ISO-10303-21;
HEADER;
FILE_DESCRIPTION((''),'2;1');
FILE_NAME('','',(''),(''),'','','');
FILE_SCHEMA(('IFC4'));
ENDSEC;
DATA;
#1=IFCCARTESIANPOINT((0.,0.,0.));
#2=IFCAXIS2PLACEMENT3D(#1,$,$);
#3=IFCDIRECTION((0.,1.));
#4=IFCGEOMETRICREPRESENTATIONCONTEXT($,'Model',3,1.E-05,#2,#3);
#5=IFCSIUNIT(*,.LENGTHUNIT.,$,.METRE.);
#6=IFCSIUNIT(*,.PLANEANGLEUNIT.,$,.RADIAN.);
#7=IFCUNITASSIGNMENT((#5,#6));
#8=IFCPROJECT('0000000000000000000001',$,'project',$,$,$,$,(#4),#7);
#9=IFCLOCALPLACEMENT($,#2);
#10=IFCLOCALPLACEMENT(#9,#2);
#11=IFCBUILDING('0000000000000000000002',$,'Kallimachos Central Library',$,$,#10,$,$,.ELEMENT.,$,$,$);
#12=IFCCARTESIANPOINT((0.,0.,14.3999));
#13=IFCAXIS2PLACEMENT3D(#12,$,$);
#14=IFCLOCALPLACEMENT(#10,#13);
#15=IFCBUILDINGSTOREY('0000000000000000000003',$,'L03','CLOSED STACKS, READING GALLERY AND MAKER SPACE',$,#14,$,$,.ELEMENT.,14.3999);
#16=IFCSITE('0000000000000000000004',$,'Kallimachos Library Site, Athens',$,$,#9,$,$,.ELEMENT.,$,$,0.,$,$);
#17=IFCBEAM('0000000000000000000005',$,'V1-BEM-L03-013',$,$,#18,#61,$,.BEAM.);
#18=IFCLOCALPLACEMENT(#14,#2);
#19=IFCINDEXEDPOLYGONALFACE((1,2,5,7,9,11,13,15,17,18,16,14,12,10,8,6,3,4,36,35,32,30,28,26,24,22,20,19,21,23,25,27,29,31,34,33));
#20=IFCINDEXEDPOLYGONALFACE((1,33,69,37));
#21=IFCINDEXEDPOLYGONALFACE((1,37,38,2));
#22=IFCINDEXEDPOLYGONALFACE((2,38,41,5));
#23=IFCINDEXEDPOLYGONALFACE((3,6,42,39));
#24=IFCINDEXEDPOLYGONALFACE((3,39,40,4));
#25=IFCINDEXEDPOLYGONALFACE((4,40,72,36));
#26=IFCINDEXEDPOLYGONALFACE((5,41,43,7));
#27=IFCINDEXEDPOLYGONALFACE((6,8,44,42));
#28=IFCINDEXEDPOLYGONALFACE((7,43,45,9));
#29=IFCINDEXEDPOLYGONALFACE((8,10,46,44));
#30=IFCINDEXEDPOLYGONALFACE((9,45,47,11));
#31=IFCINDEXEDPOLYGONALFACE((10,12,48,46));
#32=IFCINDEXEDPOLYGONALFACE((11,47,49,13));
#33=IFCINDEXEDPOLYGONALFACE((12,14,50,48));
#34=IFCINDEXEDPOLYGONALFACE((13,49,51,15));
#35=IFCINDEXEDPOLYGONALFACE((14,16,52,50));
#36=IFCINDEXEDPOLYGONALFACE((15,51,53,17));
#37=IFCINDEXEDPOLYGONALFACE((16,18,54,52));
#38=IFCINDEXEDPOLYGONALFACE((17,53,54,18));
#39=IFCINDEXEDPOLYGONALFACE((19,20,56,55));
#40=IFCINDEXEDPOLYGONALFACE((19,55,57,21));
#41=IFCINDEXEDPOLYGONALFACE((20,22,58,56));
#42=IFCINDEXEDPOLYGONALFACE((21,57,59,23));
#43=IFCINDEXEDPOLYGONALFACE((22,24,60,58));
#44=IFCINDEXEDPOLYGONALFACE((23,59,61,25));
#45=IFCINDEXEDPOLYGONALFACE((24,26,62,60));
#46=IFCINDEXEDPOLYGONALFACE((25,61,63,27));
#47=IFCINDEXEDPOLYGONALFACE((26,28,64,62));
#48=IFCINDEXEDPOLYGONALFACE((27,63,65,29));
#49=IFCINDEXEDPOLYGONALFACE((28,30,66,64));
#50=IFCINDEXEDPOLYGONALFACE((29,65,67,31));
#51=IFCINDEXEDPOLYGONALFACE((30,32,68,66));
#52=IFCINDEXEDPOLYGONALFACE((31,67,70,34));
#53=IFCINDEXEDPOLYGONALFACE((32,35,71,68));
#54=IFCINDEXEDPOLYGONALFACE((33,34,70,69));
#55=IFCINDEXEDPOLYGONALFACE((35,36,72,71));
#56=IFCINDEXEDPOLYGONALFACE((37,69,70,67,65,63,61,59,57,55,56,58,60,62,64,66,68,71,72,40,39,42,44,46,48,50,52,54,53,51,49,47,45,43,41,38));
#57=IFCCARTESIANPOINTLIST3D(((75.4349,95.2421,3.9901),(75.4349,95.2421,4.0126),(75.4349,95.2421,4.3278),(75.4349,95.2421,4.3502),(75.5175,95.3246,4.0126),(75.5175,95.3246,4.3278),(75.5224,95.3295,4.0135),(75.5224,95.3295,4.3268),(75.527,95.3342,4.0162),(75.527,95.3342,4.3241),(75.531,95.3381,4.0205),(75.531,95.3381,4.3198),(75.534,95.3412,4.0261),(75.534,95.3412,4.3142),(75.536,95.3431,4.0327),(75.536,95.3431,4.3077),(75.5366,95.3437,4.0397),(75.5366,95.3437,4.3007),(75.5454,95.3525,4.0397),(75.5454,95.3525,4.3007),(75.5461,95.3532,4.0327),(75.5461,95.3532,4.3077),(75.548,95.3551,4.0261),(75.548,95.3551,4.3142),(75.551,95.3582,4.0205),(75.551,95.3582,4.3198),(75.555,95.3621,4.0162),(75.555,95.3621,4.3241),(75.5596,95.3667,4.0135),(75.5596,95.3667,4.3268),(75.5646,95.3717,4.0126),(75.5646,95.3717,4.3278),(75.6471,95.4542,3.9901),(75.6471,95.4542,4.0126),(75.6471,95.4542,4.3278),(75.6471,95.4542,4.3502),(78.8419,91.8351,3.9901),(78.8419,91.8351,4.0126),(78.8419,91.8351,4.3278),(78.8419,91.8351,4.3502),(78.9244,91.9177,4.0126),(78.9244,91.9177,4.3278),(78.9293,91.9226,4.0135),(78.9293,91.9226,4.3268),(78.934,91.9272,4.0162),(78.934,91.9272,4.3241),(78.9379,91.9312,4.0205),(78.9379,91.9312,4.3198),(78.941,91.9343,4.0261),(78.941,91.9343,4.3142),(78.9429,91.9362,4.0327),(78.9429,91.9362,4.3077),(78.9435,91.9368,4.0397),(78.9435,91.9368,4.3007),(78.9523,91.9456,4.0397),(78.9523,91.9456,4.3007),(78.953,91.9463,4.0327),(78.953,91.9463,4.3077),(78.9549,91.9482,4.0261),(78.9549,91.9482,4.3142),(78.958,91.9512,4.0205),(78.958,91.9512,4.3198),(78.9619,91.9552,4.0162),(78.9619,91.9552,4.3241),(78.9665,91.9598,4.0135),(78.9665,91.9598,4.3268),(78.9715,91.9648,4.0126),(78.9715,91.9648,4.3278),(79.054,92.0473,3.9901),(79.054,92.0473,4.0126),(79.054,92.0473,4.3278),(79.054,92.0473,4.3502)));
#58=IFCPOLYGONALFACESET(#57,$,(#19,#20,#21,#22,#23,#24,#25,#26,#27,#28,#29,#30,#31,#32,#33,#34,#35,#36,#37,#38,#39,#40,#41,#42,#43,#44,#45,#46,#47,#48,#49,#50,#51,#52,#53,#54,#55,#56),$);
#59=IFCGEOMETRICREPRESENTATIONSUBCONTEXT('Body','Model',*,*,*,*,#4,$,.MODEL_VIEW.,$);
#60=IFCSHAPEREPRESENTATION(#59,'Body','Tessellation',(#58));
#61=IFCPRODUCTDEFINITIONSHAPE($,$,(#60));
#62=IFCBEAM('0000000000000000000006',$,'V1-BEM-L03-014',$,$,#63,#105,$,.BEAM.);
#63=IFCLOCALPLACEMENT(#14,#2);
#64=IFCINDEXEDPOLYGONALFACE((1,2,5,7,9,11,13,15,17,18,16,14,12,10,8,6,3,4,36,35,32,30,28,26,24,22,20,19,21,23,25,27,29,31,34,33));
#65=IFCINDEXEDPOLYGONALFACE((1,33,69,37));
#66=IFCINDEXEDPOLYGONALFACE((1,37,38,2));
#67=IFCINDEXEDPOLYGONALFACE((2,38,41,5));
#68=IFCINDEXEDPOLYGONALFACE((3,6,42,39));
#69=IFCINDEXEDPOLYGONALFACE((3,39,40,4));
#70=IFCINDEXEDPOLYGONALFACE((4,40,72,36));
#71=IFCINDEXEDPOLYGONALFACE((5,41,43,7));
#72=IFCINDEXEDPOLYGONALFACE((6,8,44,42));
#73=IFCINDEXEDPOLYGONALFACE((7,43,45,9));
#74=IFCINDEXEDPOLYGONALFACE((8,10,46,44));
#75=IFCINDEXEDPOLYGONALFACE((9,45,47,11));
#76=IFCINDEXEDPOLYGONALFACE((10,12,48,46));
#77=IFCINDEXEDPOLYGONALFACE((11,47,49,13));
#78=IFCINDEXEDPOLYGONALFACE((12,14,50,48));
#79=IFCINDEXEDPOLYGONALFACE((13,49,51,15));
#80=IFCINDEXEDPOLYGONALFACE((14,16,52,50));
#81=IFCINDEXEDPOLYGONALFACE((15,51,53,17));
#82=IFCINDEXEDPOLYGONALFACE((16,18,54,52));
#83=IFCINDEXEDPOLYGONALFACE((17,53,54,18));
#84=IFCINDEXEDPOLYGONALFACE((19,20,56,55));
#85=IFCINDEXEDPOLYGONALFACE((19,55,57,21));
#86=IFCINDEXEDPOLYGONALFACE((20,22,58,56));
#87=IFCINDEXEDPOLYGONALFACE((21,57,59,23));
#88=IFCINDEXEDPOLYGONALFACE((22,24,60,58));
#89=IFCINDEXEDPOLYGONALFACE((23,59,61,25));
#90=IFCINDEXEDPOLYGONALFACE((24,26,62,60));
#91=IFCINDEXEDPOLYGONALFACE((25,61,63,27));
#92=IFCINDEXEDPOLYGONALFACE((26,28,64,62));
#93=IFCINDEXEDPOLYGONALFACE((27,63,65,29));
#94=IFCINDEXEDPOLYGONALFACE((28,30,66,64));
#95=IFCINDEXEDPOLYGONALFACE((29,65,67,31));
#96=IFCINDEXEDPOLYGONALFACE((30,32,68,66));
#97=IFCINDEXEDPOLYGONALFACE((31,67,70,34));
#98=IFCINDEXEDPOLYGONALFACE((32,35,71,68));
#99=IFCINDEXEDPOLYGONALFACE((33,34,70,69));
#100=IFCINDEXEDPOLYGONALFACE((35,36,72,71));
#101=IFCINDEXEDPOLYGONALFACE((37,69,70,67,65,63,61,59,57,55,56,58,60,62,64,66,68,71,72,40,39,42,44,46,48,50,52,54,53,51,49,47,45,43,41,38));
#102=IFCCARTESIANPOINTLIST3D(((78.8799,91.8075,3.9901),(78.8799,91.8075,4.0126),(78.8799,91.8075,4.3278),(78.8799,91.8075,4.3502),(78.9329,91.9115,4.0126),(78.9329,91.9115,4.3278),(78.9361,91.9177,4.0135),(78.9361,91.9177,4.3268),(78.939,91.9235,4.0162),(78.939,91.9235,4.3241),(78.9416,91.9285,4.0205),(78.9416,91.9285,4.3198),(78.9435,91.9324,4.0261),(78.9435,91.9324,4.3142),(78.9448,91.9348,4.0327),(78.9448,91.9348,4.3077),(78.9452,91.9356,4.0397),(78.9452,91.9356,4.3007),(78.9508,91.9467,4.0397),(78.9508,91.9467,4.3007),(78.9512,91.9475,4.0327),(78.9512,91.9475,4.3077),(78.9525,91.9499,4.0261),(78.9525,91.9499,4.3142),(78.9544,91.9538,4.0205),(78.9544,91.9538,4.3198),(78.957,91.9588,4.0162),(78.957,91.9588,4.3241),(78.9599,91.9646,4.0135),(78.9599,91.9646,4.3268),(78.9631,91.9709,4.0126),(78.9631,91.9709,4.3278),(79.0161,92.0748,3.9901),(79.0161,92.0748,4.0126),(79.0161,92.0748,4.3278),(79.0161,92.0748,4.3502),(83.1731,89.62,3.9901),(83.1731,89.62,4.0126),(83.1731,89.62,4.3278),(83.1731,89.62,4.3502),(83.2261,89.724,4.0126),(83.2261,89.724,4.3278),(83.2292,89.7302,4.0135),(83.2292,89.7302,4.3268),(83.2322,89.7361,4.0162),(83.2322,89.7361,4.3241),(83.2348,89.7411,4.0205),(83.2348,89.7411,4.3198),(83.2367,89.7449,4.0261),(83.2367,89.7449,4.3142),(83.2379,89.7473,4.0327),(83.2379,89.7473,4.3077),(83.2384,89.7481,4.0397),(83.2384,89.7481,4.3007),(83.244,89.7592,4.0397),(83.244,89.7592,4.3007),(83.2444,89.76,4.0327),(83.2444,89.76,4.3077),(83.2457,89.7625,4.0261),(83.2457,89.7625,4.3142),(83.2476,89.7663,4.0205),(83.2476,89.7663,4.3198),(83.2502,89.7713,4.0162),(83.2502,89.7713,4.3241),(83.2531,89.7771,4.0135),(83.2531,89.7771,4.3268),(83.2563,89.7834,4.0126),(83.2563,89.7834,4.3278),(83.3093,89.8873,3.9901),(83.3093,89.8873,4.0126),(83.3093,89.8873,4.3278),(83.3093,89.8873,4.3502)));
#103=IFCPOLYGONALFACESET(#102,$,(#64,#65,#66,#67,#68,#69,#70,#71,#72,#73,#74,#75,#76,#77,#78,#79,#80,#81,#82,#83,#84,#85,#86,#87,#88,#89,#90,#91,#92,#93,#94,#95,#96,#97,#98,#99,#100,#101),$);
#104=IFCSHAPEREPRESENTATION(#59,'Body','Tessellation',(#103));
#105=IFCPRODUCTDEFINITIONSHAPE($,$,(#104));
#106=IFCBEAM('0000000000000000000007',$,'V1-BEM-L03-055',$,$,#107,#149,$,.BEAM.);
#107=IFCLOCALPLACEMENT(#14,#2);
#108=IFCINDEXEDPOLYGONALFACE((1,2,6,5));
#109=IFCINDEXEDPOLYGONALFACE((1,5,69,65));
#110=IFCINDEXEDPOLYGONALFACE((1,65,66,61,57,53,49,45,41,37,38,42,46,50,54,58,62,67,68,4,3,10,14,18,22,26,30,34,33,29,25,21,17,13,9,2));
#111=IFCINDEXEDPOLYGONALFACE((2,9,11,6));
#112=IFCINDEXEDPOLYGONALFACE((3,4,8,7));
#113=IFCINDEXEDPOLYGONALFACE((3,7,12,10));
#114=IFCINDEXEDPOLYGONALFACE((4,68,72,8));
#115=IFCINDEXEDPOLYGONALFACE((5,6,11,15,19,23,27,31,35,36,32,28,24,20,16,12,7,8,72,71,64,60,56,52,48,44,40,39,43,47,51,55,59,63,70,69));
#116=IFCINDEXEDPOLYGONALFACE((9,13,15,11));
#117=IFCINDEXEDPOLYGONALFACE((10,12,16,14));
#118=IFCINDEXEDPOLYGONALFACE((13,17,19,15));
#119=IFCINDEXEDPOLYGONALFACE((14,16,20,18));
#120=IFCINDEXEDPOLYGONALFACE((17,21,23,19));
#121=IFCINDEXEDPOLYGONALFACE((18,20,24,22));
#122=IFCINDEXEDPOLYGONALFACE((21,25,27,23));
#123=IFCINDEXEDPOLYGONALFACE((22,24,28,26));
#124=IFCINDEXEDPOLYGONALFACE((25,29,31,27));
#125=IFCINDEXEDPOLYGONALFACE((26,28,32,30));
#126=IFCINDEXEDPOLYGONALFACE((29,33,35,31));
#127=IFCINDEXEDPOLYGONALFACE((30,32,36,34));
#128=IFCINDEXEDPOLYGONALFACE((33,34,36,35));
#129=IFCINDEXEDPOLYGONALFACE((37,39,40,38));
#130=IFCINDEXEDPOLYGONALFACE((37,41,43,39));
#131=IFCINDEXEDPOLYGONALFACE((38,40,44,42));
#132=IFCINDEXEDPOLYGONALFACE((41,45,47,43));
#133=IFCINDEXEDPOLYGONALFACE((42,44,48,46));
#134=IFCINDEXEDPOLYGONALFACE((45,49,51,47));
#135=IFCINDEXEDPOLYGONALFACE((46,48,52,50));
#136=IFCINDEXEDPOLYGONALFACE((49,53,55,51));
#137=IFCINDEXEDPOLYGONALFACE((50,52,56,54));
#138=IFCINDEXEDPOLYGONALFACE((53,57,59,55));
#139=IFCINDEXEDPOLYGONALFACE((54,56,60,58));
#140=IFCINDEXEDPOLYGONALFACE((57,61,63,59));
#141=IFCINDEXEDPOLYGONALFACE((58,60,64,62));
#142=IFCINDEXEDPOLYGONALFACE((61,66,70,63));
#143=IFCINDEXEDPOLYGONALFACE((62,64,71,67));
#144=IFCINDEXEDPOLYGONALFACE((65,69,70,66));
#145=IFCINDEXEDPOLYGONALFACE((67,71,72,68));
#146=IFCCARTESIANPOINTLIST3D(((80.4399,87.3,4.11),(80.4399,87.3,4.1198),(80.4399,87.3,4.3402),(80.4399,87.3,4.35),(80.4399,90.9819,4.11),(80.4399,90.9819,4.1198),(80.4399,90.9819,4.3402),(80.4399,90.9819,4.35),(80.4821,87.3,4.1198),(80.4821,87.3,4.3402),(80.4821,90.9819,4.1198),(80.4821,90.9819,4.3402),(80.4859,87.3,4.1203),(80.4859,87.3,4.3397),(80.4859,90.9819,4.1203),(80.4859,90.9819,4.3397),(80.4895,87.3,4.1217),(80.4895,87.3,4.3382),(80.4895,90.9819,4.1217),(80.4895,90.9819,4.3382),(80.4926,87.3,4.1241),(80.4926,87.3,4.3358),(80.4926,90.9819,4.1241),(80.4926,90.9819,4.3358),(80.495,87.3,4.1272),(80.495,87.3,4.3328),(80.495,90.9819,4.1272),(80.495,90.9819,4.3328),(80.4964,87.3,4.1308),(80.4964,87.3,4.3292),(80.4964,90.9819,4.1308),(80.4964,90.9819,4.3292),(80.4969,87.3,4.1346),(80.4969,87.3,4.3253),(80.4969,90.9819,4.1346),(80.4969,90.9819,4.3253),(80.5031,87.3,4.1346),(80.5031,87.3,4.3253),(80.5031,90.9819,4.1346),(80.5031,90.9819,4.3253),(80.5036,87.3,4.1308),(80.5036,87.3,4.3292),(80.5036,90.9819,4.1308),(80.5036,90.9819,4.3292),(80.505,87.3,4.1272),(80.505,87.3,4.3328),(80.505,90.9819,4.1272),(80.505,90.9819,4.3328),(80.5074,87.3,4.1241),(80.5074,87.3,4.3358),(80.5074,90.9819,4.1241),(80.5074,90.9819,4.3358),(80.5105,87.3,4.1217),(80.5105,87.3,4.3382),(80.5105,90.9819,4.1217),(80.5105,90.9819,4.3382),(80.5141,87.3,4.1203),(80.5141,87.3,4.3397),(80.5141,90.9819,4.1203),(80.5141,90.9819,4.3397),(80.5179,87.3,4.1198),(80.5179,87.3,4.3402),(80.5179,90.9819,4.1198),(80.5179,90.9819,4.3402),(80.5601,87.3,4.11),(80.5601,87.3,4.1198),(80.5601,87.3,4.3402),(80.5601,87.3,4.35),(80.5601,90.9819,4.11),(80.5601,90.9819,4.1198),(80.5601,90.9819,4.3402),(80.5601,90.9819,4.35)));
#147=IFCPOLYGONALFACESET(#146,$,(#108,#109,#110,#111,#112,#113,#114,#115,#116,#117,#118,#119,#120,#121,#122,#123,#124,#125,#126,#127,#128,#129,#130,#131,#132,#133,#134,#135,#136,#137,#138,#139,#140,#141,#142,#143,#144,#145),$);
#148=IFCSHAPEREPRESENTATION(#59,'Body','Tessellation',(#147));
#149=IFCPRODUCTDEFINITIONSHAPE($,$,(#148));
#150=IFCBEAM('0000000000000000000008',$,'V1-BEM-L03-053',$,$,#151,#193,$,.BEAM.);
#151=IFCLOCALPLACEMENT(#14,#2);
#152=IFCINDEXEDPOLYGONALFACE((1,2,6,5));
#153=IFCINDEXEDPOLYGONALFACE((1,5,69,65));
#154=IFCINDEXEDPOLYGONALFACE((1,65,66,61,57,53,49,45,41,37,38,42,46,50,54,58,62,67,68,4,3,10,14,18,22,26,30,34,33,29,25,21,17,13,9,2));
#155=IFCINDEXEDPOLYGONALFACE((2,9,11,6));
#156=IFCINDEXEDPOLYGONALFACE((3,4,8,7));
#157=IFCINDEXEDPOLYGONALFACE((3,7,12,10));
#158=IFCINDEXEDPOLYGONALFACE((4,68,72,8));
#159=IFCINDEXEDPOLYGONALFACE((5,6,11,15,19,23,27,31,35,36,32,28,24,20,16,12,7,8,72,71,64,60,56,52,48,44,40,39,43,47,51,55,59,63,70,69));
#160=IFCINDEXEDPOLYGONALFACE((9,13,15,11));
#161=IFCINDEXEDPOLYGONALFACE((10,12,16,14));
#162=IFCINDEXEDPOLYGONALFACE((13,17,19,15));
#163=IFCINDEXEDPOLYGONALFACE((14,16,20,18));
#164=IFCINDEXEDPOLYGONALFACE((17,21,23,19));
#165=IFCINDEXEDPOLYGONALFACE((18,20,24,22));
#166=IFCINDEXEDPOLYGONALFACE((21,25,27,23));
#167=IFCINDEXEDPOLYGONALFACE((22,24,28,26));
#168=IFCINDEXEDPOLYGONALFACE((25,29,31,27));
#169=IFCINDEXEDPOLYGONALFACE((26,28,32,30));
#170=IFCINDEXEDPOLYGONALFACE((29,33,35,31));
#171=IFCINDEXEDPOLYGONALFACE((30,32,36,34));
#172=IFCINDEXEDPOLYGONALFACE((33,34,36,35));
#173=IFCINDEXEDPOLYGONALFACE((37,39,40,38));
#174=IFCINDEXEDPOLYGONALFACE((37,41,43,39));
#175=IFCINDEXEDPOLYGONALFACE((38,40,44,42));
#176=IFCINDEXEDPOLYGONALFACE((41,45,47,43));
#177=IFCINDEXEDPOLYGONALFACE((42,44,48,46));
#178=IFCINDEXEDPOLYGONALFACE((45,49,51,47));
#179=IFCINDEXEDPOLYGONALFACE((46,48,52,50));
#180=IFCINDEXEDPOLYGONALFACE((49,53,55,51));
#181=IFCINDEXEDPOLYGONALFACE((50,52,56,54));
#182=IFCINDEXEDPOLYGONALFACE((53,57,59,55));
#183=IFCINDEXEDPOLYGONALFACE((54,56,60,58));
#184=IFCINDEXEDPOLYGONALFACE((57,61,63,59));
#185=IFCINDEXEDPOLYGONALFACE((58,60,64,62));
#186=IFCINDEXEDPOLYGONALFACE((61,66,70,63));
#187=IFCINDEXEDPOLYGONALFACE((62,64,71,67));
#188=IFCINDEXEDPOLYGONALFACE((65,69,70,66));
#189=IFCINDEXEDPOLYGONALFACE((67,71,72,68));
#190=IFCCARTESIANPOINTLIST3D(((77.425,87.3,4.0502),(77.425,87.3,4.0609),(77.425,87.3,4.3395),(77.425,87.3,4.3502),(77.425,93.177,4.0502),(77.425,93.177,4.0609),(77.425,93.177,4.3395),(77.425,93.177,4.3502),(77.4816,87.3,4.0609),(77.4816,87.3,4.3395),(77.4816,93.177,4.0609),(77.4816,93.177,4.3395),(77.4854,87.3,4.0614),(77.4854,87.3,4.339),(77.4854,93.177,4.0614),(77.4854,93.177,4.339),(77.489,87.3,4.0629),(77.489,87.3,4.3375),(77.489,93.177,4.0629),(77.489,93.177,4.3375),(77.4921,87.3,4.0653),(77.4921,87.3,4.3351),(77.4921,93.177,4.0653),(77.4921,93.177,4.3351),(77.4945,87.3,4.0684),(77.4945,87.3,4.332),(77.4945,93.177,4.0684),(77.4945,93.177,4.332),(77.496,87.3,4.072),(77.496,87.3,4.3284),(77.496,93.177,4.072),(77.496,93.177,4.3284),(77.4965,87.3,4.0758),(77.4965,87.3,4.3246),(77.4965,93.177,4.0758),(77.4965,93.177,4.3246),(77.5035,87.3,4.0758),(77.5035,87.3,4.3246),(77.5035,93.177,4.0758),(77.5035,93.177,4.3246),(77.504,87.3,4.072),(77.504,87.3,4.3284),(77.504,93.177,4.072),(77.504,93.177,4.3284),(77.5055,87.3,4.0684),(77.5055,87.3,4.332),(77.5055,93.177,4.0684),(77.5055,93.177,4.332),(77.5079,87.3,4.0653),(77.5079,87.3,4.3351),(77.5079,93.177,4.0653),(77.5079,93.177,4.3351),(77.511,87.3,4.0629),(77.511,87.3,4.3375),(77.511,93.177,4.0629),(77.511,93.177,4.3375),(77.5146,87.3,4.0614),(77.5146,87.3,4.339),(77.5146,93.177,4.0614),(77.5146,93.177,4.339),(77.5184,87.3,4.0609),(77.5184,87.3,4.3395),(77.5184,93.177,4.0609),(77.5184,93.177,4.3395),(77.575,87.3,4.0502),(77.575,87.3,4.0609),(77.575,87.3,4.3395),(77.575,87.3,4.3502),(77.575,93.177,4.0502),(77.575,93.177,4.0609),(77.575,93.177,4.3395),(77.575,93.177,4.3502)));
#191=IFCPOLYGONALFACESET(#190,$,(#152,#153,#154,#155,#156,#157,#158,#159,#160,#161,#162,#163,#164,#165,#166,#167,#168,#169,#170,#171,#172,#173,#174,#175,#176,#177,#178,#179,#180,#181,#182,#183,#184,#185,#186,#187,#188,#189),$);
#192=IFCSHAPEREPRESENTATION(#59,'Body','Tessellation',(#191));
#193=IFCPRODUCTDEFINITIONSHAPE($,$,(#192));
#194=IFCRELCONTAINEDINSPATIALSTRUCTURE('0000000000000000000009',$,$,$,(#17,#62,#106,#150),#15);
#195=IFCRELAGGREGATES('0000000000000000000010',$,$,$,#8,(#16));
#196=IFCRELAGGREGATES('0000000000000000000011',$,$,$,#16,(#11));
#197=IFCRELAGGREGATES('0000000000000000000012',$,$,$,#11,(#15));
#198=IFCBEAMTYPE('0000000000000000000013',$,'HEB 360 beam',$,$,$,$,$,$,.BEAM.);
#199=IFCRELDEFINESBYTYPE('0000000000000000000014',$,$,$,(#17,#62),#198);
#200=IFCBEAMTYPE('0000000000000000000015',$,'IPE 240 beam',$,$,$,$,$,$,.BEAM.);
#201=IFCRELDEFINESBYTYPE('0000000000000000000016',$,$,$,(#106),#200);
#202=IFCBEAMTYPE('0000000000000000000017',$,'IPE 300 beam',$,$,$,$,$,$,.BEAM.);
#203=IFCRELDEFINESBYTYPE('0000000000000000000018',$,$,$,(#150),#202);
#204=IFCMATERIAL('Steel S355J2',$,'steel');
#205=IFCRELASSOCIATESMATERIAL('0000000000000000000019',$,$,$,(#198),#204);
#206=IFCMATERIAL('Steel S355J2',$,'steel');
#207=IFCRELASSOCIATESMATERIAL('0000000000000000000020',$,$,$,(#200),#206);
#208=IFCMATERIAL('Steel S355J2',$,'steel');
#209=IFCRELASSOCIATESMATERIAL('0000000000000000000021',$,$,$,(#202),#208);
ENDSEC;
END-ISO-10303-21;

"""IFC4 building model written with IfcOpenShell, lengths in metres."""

from ifc_helpers import new_model, si_unit, direction, frame, origin, origin_2d, place, context, subcontext, project, spatial, i_section, extrude, material, material_profile, profile_set, type_object, element, save


model = new_model("IFC4")

# Units and contexts
model_context = context("Model", 3, precision=1e-05, world=origin(), true_north=direction((0.0, 1.0)))
body_context = subcontext(model_context, "Body", "Model", "MODEL_VIEW")
ifc_project = project(units=[si_unit("LENGTHUNIT", "METRE"), si_unit("PLANEANGLEUNIT", "RADIAN")], contexts=[model_context])

# Site, building, storey
site_placement = place(None, origin())
site = spatial("IfcSite", under=ifc_project, at=site_placement, Name="Kallimachos Library Site, Athens", CompositionType="ELEMENT", RefElevation=0.0)
building_placement = place(site_placement, origin())
building = spatial("IfcBuilding", under=site, at=building_placement, Name="Kallimachos Central Library", CompositionType="ELEMENT")
storey_placement = place(building_placement, frame((0.0, 0.0, 14.3999)))
storey = spatial("IfcBuildingStorey", under=building, at=storey_placement, Name="L03", Description="CLOSED STACKS, READING GALLERY AND MAKER SPACE", CompositionType="ELEMENT", Elevation=14.3999)

# Beams
ifc_material_1 = material(Name="Steel S355J2", Category="steel")
ifc_material_profile_1 = material_profile(ifc_material_1, i_section(OverallWidth=0.3, OverallDepth=0.3601, WebThickness=0.0125, FlangeThickness=0.0225, FilletRadius=0.0271, at=origin_2d()), Name="HEB 360")
ifc_profile_set_1 = profile_set([ifc_material_profile_1], Name="Steel S355J2")
beam_type_1 = type_object("IfcBeamType", Name="HEB 360 beam", PredefinedType="BEAM", material=ifc_profile_set_1)
beam_1_placement = place(storey_placement, frame((75.541, 95.3481, 4.1702), z_axis=(0.707107, -0.707107, 0.0), x_axis=(0.707107, 0.707107, 0.0)))
element("IfcBeam", 1, at=beam_1_placement, inside=storey, type_object=beam_type_1, Name="V1-BEM-L03-013", PredefinedType="BEAM", context=body_context, shape_type="SweptSolid", body=[
    extrude(i_section(OverallWidth=0.3, OverallDepth=0.3601, WebThickness=0.0125, FlangeThickness=0.0225, FilletRadius=0.0271, at=origin_2d()), origin(), (0.0, 0.0, 1.0), 4.8181),
])
beam_2_placement = place(storey_placement, frame((78.948, 91.9412, 4.1702), z_axis=(0.891007, -0.45399, 0.0), x_axis=(0.45399, 0.891007, 0.0)))
element("IfcBeam", 2, at=beam_2_placement, inside=storey, type_object=beam_type_1, Name="V1-BEM-L03-014", PredefinedType="BEAM", context=body_context, shape_type="SweptSolid", body=[
    extrude(i_section(OverallWidth=0.3, OverallDepth=0.3601, WebThickness=0.0125, FlangeThickness=0.0225, FilletRadius=0.0271, at=origin_2d()), origin(), (0.0, 0.0, 1.0), 4.8184),
])
ifc_material_2 = material(Name="Steel S355J2", Category="steel")
ifc_material_profile_2 = material_profile(ifc_material_2, i_section(OverallWidth=0.1201, OverallDepth=0.24, WebThickness=0.0061, FlangeThickness=0.0098, FilletRadius=0.0149, at=origin_2d()), Name="IPE 240")
ifc_profile_set_2 = profile_set([ifc_material_profile_2], Name="Steel S355J2")
beam_type_2 = type_object("IfcBeamType", Name="IPE 240 beam", PredefinedType="BEAM", material=ifc_profile_set_2)
beam_3_placement = place(storey_placement, frame((80.5, 87.3, 4.23), z_axis=(0.0, 1.0, 0.0), x_axis=(-1.0, 0.0, 0.0)))
element("IfcBeam", 3, at=beam_3_placement, inside=storey, type_object=beam_type_2, Name="V1-BEM-L03-055", PredefinedType="BEAM", context=body_context, shape_type="SweptSolid", body=[
    extrude(i_section(OverallWidth=0.1201, OverallDepth=0.24, WebThickness=0.0061, FlangeThickness=0.0098, FilletRadius=0.0149, at=origin_2d()), origin(), (0.0, 0.0, 1.0), 3.6819),
])
ifc_material_3 = material(Name="Steel S355J2", Category="steel")
ifc_material_profile_3 = material_profile(ifc_material_3, i_section(OverallWidth=0.1499, OverallDepth=0.3, WebThickness=0.0071, FlangeThickness=0.0107, FilletRadius=0.0149, at=origin_2d()), Name="IPE 300")
ifc_profile_set_3 = profile_set([ifc_material_profile_3], Name="Steel S355J2")
beam_type_3 = type_object("IfcBeamType", Name="IPE 300 beam", PredefinedType="BEAM", material=ifc_profile_set_3)
beam_4_placement = place(storey_placement, frame((77.5, 87.3, 4.2002), z_axis=(0.0, 1.0, 0.0), x_axis=(-1.0, 0.0, 0.0)))
element("IfcBeam", 4, at=beam_4_placement, inside=storey, type_object=beam_type_3, Name="V1-BEM-L03-053", PredefinedType="BEAM", context=body_context, shape_type="SweptSolid", body=[
    extrude(i_section(OverallWidth=0.1499, OverallDepth=0.3, WebThickness=0.0071, FlangeThickness=0.0107, FilletRadius=0.0149, at=origin_2d()), origin(), (0.0, 0.0, 1.0), 5.877),
])

save(model, "model.ifc")
